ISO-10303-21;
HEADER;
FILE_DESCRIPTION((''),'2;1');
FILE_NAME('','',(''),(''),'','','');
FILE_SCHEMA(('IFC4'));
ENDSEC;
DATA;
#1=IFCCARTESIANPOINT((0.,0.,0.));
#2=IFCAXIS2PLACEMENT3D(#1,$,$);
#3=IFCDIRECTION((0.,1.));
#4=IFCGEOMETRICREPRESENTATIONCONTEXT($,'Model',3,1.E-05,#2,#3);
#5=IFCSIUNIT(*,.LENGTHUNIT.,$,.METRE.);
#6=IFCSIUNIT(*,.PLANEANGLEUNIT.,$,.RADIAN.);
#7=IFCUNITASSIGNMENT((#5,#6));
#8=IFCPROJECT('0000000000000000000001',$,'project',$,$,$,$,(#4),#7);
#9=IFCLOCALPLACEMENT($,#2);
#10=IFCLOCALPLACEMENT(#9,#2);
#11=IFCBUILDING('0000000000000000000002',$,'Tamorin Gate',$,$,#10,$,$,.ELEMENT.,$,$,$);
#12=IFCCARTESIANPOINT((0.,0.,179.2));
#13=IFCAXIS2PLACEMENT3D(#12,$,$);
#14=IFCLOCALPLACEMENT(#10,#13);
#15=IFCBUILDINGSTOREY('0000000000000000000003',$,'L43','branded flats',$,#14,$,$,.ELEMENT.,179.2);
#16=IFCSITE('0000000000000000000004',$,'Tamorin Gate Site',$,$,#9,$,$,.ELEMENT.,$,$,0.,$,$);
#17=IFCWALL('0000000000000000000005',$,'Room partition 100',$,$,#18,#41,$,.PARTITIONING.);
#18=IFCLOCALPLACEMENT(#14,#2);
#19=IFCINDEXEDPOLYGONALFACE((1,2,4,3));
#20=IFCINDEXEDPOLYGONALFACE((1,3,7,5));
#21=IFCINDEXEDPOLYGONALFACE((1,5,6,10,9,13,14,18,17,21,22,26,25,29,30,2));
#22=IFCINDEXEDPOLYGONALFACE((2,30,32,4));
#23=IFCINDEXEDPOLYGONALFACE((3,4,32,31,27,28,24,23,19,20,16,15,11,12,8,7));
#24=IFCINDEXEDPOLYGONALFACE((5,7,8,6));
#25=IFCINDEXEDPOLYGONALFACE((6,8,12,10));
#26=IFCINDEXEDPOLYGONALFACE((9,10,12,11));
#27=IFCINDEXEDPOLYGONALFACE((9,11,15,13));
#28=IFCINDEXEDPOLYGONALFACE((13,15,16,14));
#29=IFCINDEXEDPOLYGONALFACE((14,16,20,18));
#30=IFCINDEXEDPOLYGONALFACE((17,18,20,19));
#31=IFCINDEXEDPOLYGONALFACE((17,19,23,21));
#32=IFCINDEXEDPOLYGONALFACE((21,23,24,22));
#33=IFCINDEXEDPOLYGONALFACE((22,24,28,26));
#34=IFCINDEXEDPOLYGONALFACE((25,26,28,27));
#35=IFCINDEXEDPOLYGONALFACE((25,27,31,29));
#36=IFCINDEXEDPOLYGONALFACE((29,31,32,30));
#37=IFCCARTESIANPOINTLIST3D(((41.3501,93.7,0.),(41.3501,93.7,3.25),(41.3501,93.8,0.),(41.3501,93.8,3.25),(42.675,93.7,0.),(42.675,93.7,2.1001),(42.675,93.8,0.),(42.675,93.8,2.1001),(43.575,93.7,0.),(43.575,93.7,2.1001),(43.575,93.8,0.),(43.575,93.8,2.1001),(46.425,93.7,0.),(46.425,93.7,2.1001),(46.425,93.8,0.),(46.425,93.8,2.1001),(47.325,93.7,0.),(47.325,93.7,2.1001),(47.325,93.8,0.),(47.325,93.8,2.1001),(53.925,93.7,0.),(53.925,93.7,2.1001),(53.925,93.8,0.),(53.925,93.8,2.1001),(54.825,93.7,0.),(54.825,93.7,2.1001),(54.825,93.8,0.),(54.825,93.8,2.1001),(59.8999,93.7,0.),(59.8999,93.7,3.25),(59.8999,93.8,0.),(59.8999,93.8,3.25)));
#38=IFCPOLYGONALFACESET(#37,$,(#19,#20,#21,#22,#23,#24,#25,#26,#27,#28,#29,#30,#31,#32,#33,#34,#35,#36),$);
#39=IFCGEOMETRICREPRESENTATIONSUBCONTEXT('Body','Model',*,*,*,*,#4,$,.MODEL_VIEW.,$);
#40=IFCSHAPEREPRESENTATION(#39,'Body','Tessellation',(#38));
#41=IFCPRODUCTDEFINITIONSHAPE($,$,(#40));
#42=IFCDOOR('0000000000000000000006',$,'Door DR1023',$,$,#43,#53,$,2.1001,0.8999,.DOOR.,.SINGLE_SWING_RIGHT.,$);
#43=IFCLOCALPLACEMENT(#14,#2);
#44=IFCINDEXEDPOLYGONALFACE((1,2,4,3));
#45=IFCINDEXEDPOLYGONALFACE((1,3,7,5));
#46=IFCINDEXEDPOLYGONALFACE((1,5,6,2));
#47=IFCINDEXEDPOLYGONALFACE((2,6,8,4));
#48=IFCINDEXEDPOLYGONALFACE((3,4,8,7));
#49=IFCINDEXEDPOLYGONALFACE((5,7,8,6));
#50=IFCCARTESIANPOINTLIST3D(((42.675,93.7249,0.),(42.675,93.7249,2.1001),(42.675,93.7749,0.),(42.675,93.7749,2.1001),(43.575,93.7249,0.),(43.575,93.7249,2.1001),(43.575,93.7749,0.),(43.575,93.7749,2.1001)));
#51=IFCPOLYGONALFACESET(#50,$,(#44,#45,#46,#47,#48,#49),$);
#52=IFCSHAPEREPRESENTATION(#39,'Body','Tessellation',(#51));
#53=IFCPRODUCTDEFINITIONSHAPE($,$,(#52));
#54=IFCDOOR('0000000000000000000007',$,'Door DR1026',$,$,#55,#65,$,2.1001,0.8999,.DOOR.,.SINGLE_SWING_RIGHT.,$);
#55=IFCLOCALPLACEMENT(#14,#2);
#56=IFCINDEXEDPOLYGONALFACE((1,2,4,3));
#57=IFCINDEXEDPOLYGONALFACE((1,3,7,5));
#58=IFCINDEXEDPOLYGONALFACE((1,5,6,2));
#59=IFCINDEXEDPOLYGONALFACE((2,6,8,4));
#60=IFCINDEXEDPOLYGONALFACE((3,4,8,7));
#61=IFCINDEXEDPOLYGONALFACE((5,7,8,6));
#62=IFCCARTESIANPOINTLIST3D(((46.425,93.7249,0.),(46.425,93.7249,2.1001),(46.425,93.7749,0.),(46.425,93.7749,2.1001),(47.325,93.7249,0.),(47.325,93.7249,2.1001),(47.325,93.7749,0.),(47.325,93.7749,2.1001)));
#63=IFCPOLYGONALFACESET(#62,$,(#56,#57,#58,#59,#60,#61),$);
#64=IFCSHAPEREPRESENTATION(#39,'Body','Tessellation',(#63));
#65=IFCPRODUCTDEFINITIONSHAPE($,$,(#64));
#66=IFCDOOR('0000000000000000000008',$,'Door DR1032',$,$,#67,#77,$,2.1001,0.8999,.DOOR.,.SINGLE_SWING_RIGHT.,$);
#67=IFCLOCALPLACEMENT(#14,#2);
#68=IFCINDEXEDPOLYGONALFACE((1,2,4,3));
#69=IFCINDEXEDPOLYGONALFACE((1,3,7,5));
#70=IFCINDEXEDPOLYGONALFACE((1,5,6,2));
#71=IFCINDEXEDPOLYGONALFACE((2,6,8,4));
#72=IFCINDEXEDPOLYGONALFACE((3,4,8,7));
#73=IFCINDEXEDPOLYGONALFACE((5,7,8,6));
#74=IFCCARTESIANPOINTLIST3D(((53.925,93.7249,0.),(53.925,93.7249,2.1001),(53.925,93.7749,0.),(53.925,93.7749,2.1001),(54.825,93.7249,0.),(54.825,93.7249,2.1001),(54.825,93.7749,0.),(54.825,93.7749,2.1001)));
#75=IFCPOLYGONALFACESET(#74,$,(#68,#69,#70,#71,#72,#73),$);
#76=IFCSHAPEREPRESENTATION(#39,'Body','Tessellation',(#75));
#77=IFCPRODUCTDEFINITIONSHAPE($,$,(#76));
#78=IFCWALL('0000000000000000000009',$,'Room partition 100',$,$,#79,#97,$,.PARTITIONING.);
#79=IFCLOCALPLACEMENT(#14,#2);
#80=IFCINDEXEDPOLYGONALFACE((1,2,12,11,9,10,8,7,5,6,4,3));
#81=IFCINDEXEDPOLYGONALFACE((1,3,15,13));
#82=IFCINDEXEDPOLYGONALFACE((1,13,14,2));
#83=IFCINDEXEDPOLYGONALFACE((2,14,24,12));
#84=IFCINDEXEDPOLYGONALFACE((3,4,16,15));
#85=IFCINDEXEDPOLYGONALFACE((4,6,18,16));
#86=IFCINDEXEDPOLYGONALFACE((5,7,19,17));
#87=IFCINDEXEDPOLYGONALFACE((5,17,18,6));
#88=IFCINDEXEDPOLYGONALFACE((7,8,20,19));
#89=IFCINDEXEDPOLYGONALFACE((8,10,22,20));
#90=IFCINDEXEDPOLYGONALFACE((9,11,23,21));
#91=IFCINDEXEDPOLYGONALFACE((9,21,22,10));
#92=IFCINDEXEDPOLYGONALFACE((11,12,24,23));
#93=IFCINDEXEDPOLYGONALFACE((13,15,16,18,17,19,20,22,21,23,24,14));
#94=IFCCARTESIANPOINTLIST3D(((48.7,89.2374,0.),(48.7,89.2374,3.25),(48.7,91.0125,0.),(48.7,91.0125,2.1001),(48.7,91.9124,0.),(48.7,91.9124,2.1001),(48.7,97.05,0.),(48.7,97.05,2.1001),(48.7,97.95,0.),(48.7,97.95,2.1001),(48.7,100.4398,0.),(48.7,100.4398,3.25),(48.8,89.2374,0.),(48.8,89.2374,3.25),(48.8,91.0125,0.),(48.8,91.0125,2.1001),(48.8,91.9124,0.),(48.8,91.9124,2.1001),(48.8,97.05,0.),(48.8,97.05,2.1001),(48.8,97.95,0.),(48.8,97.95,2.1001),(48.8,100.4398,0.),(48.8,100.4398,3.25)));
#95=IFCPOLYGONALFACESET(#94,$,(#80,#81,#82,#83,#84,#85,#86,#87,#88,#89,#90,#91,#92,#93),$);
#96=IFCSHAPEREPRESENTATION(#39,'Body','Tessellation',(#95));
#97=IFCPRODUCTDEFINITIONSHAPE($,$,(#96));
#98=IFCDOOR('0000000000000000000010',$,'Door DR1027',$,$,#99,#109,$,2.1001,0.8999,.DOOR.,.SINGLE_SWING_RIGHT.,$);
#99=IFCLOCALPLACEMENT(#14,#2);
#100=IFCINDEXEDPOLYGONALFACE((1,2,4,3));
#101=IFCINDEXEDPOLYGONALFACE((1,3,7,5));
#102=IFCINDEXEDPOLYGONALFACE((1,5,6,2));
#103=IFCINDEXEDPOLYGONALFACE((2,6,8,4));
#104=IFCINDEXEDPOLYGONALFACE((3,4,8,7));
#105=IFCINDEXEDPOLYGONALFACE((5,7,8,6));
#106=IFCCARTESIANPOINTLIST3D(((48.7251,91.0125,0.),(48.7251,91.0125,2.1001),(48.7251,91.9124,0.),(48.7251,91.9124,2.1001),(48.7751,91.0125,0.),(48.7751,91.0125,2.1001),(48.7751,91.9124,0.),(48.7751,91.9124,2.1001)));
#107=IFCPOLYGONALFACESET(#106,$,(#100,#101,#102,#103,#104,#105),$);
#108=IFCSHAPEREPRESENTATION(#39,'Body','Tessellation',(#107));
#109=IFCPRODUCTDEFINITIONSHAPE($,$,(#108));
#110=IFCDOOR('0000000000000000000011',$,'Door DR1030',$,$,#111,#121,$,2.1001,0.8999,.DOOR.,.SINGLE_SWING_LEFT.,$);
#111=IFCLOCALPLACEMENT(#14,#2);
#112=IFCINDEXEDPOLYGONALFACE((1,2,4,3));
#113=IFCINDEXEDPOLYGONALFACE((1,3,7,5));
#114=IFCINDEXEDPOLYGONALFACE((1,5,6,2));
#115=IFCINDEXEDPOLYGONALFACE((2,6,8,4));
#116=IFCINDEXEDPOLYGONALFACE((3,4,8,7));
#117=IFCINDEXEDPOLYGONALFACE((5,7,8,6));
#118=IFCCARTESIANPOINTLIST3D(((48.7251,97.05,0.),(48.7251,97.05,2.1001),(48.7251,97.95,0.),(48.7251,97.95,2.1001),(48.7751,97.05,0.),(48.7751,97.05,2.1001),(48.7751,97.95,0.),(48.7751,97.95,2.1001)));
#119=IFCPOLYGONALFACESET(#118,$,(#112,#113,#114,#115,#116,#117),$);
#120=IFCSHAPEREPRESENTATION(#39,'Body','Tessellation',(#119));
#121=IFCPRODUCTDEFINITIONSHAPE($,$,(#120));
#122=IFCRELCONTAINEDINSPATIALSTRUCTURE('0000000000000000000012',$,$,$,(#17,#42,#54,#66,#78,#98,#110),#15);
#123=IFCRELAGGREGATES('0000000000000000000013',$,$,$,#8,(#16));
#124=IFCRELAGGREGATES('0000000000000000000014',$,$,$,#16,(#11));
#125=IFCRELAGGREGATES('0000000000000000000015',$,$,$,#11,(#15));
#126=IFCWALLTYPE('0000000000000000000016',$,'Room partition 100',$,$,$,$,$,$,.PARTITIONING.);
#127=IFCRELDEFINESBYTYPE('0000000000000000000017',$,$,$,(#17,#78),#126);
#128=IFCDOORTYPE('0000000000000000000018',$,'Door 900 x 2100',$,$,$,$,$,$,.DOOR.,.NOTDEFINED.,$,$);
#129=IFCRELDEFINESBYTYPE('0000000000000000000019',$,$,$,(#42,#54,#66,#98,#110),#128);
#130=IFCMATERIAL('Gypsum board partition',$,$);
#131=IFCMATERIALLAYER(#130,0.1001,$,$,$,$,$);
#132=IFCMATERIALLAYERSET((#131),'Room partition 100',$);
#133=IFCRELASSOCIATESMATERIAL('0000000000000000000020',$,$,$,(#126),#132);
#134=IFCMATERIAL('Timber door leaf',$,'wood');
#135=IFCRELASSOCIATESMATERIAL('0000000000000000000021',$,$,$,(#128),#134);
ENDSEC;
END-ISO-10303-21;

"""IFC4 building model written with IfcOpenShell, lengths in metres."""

from ifc_helpers import new_model, si_unit, direction, frame, frame_2d, origin, place, context, subcontext, project, spatial, rectangle, extrude, material, layer, layer_set, type_object, element, fill, save


model = new_model("IFC4")

# Units and contexts
model_context = context("Model", 3, precision=1e-05, world=origin(), true_north=direction((0.0, 1.0)))
body_context = subcontext(model_context, "Body", "Model", "MODEL_VIEW")
ifc_project = project(units=[si_unit("LENGTHUNIT", "METRE"), si_unit("PLANEANGLEUNIT", "RADIAN")], contexts=[model_context])

# Site, building, storey
site_placement = place(None, origin())
site = spatial("IfcSite", under=ifc_project, at=site_placement, Name="Tamorin Gate Site", CompositionType="ELEMENT", RefElevation=0.0)
building_placement = place(site_placement, origin())
building = spatial("IfcBuilding", under=site, at=building_placement, Name="Tamorin Gate", CompositionType="ELEMENT")
storey_placement = place(building_placement, frame((0.0, 0.0, 179.2)))
storey = spatial("IfcBuildingStorey", under=building, at=storey_placement, Name="L43", Description="branded flats", CompositionType="ELEMENT", Elevation=179.2)

# Walls, openings, doors
ifc_material_1 = material(Name="Gypsum board partition")
ifc_layer_1 = layer(ifc_material_1, 0.1001)
ifc_layer_set_1 = layer_set([ifc_layer_1], Name="Room partition 100")
wall_type_1 = type_object("IfcWallType", Name="Room partition 100", PredefinedType="PARTITIONING", material=ifc_layer_set_1)
wall_1_placement = place(storey_placement, frame((41.3501, 93.75, 0.0), z_axis=(0.0, 0.0, 1.0), x_axis=(1.0, 0.0, 0.0)))
wall_1 = element("IfcWall", 1, at=wall_1_placement, inside=storey, type_object=wall_type_1, Name="Room partition 100", PredefinedType="PARTITIONING", context=body_context, shape_type="SweptSolid", body=[
    extrude(rectangle(XDim=18.5498, YDim=0.1001, at=frame_2d((9.2749, 0.0))), origin(), (0.0, 0.0, 1.0), 3.25),
])
opening_1_placement = place(wall_1_placement, frame((1.325, 0.0, 0.0)))
opening_1 = element("IfcOpeningElement", 2, at=opening_1_placement, cuts=wall_1, PredefinedType="OPENING", context=body_context, shape_type="SweptSolid", body=[
    extrude(rectangle(XDim=0.8999, YDim=2.1001, at=frame_2d((0.45, 1.05))), frame((0.0, 0.0601, 0.0), z_axis=(0.0, -1.0, 0.0), x_axis=(1.0, 0.0, 0.0)), (0.0, 0.0, 1.0), 0.1201),
])
opening_2_placement = place(wall_1_placement, frame((5.075, 0.0, 0.0)))
opening_2 = element("IfcOpeningElement", 3, at=opening_2_placement, cuts=wall_1, PredefinedType="OPENING", context=body_context, shape_type="SweptSolid", body=[
    extrude(rectangle(XDim=0.8999, YDim=2.1001, at=frame_2d((0.45, 1.05))), frame((0.0, 0.0601, 0.0), z_axis=(0.0, -1.0, 0.0), x_axis=(1.0, 0.0, 0.0)), (0.0, 0.0, 1.0), 0.1201),
])
opening_3_placement = place(wall_1_placement, frame((12.575, 0.0, 0.0)))
opening_3 = element("IfcOpeningElement", 4, at=opening_3_placement, cuts=wall_1, PredefinedType="OPENING", context=body_context, shape_type="SweptSolid", body=[
    extrude(rectangle(XDim=0.8999, YDim=2.1001, at=frame_2d((0.45, 1.05))), frame((0.0, 0.0601, 0.0), z_axis=(0.0, -1.0, 0.0), x_axis=(1.0, 0.0, 0.0)), (0.0, 0.0, 1.0), 0.1201),
])
ifc_material_2 = material(Name="Timber door leaf", Category="wood")
door_type = type_object("IfcDoorType", Name="Door 900 x 2100", OperationType="NOTDEFINED", PredefinedType="DOOR", material=ifc_material_2)
door_1_placement = place(opening_1_placement, origin())
door_1 = element("IfcDoor", 5, at=door_1_placement, inside=storey, type_object=door_type, Name="Door DR1023", OperationType="SINGLE_SWING_RIGHT", OverallHeight=2.1001, OverallWidth=0.8999, PredefinedType="DOOR", context=body_context, shape_type="SweptSolid", body=[
    extrude(rectangle(XDim=0.8999, YDim=2.1001, at=frame_2d((0.45, 1.05))), frame((0.0, 0.0249, 0.0), z_axis=(0.0, -1.0, 0.0), x_axis=(1.0, 0.0, 0.0)), (0.0, 0.0, 1.0), 0.05),
])
fill(opening_1, door_1)
door_2_placement = place(opening_2_placement, origin())
door_2 = element("IfcDoor", 6, at=door_2_placement, inside=storey, type_object=door_type, Name="Door DR1026", OperationType="SINGLE_SWING_RIGHT", OverallHeight=2.1001, OverallWidth=0.8999, PredefinedType="DOOR", context=body_context, shape_type="SweptSolid", body=[
    extrude(rectangle(XDim=0.8999, YDim=2.1001, at=frame_2d((0.45, 1.05))), frame((0.0, 0.0249, 0.0), z_axis=(0.0, -1.0, 0.0), x_axis=(1.0, 0.0, 0.0)), (0.0, 0.0, 1.0), 0.05),
])
fill(opening_2, door_2)
door_3_placement = place(opening_3_placement, origin())
door_3 = element("IfcDoor", 7, at=door_3_placement, inside=storey, type_object=door_type, Name="Door DR1032", OperationType="SINGLE_SWING_RIGHT", OverallHeight=2.1001, OverallWidth=0.8999, PredefinedType="DOOR", context=body_context, shape_type="SweptSolid", body=[
    extrude(rectangle(XDim=0.8999, YDim=2.1001, at=frame_2d((0.45, 1.05))), frame((0.0, 0.0249, 0.0), z_axis=(0.0, -1.0, 0.0), x_axis=(1.0, 0.0, 0.0)), (0.0, 0.0, 1.0), 0.05),
])
fill(opening_3, door_3)
wall_2_placement = place(storey_placement, frame((48.75, 89.2375, 0.0), z_axis=(0.0, 0.0, 1.0), x_axis=(0.0, 1.0, 0.0)))
wall_2 = element("IfcWall", 8, at=wall_2_placement, inside=storey, type_object=wall_type_1, Name="Room partition 100", PredefinedType="PARTITIONING", context=body_context, shape_type="SweptSolid", body=[
    extrude(rectangle(XDim=11.2024, YDim=0.1001, at=frame_2d((5.6011, 0.0))), origin(), (0.0, 0.0, 1.0), 3.25),
])
opening_4_placement = place(wall_2_placement, frame((1.7749, 0.0, 0.0)))
opening_4 = element("IfcOpeningElement", 9, at=opening_4_placement, cuts=wall_2, PredefinedType="OPENING", context=body_context, shape_type="SweptSolid", body=[
    extrude(rectangle(XDim=0.8999, YDim=2.1001, at=frame_2d((0.45, 1.05))), frame((0.0, 0.0601, 0.0), z_axis=(0.0, -1.0, 0.0), x_axis=(1.0, 0.0, 0.0)), (0.0, 0.0, 1.0), 0.1201),
])
opening_5_placement = place(wall_2_placement, frame((7.8125, 0.0, 0.0)))
opening_5 = element("IfcOpeningElement", 10, at=opening_5_placement, cuts=wall_2, PredefinedType="OPENING", context=body_context, shape_type="SweptSolid", body=[
    extrude(rectangle(XDim=0.8999, YDim=2.1001, at=frame_2d((0.45, 1.05))), frame((0.0, 0.0601, 0.0), z_axis=(0.0, -1.0, 0.0), x_axis=(1.0, 0.0, 0.0)), (0.0, 0.0, 1.0), 0.1201),
])
door_4_placement = place(opening_4_placement, origin())
door_4 = element("IfcDoor", 11, at=door_4_placement, inside=storey, type_object=door_type, Name="Door DR1027", OperationType="SINGLE_SWING_RIGHT", OverallHeight=2.1001, OverallWidth=0.8999, PredefinedType="DOOR", context=body_context, shape_type="SweptSolid", body=[
    extrude(rectangle(XDim=0.8999, YDim=2.1001, at=frame_2d((0.45, 1.05))), frame((0.0, 0.0249, 0.0), z_axis=(0.0, -1.0, 0.0), x_axis=(1.0, 0.0, 0.0)), (0.0, 0.0, 1.0), 0.05),
])
fill(opening_4, door_4)
door_5_placement = place(opening_5_placement, origin())
door_5 = element("IfcDoor", 12, at=door_5_placement, inside=storey, type_object=door_type, Name="Door DR1030", OperationType="SINGLE_SWING_LEFT", OverallHeight=2.1001, OverallWidth=0.8999, PredefinedType="DOOR", context=body_context, shape_type="SweptSolid", body=[
    extrude(rectangle(XDim=0.8999, YDim=2.1001, at=frame_2d((0.45, 1.05))), frame((0.0, 0.0249, 0.0), z_axis=(0.0, -1.0, 0.0), x_axis=(1.0, 0.0, 0.0)), (0.0, 0.0, 1.0), 0.05),
])
fill(opening_5, door_5)

save(model, "model.ifc")
